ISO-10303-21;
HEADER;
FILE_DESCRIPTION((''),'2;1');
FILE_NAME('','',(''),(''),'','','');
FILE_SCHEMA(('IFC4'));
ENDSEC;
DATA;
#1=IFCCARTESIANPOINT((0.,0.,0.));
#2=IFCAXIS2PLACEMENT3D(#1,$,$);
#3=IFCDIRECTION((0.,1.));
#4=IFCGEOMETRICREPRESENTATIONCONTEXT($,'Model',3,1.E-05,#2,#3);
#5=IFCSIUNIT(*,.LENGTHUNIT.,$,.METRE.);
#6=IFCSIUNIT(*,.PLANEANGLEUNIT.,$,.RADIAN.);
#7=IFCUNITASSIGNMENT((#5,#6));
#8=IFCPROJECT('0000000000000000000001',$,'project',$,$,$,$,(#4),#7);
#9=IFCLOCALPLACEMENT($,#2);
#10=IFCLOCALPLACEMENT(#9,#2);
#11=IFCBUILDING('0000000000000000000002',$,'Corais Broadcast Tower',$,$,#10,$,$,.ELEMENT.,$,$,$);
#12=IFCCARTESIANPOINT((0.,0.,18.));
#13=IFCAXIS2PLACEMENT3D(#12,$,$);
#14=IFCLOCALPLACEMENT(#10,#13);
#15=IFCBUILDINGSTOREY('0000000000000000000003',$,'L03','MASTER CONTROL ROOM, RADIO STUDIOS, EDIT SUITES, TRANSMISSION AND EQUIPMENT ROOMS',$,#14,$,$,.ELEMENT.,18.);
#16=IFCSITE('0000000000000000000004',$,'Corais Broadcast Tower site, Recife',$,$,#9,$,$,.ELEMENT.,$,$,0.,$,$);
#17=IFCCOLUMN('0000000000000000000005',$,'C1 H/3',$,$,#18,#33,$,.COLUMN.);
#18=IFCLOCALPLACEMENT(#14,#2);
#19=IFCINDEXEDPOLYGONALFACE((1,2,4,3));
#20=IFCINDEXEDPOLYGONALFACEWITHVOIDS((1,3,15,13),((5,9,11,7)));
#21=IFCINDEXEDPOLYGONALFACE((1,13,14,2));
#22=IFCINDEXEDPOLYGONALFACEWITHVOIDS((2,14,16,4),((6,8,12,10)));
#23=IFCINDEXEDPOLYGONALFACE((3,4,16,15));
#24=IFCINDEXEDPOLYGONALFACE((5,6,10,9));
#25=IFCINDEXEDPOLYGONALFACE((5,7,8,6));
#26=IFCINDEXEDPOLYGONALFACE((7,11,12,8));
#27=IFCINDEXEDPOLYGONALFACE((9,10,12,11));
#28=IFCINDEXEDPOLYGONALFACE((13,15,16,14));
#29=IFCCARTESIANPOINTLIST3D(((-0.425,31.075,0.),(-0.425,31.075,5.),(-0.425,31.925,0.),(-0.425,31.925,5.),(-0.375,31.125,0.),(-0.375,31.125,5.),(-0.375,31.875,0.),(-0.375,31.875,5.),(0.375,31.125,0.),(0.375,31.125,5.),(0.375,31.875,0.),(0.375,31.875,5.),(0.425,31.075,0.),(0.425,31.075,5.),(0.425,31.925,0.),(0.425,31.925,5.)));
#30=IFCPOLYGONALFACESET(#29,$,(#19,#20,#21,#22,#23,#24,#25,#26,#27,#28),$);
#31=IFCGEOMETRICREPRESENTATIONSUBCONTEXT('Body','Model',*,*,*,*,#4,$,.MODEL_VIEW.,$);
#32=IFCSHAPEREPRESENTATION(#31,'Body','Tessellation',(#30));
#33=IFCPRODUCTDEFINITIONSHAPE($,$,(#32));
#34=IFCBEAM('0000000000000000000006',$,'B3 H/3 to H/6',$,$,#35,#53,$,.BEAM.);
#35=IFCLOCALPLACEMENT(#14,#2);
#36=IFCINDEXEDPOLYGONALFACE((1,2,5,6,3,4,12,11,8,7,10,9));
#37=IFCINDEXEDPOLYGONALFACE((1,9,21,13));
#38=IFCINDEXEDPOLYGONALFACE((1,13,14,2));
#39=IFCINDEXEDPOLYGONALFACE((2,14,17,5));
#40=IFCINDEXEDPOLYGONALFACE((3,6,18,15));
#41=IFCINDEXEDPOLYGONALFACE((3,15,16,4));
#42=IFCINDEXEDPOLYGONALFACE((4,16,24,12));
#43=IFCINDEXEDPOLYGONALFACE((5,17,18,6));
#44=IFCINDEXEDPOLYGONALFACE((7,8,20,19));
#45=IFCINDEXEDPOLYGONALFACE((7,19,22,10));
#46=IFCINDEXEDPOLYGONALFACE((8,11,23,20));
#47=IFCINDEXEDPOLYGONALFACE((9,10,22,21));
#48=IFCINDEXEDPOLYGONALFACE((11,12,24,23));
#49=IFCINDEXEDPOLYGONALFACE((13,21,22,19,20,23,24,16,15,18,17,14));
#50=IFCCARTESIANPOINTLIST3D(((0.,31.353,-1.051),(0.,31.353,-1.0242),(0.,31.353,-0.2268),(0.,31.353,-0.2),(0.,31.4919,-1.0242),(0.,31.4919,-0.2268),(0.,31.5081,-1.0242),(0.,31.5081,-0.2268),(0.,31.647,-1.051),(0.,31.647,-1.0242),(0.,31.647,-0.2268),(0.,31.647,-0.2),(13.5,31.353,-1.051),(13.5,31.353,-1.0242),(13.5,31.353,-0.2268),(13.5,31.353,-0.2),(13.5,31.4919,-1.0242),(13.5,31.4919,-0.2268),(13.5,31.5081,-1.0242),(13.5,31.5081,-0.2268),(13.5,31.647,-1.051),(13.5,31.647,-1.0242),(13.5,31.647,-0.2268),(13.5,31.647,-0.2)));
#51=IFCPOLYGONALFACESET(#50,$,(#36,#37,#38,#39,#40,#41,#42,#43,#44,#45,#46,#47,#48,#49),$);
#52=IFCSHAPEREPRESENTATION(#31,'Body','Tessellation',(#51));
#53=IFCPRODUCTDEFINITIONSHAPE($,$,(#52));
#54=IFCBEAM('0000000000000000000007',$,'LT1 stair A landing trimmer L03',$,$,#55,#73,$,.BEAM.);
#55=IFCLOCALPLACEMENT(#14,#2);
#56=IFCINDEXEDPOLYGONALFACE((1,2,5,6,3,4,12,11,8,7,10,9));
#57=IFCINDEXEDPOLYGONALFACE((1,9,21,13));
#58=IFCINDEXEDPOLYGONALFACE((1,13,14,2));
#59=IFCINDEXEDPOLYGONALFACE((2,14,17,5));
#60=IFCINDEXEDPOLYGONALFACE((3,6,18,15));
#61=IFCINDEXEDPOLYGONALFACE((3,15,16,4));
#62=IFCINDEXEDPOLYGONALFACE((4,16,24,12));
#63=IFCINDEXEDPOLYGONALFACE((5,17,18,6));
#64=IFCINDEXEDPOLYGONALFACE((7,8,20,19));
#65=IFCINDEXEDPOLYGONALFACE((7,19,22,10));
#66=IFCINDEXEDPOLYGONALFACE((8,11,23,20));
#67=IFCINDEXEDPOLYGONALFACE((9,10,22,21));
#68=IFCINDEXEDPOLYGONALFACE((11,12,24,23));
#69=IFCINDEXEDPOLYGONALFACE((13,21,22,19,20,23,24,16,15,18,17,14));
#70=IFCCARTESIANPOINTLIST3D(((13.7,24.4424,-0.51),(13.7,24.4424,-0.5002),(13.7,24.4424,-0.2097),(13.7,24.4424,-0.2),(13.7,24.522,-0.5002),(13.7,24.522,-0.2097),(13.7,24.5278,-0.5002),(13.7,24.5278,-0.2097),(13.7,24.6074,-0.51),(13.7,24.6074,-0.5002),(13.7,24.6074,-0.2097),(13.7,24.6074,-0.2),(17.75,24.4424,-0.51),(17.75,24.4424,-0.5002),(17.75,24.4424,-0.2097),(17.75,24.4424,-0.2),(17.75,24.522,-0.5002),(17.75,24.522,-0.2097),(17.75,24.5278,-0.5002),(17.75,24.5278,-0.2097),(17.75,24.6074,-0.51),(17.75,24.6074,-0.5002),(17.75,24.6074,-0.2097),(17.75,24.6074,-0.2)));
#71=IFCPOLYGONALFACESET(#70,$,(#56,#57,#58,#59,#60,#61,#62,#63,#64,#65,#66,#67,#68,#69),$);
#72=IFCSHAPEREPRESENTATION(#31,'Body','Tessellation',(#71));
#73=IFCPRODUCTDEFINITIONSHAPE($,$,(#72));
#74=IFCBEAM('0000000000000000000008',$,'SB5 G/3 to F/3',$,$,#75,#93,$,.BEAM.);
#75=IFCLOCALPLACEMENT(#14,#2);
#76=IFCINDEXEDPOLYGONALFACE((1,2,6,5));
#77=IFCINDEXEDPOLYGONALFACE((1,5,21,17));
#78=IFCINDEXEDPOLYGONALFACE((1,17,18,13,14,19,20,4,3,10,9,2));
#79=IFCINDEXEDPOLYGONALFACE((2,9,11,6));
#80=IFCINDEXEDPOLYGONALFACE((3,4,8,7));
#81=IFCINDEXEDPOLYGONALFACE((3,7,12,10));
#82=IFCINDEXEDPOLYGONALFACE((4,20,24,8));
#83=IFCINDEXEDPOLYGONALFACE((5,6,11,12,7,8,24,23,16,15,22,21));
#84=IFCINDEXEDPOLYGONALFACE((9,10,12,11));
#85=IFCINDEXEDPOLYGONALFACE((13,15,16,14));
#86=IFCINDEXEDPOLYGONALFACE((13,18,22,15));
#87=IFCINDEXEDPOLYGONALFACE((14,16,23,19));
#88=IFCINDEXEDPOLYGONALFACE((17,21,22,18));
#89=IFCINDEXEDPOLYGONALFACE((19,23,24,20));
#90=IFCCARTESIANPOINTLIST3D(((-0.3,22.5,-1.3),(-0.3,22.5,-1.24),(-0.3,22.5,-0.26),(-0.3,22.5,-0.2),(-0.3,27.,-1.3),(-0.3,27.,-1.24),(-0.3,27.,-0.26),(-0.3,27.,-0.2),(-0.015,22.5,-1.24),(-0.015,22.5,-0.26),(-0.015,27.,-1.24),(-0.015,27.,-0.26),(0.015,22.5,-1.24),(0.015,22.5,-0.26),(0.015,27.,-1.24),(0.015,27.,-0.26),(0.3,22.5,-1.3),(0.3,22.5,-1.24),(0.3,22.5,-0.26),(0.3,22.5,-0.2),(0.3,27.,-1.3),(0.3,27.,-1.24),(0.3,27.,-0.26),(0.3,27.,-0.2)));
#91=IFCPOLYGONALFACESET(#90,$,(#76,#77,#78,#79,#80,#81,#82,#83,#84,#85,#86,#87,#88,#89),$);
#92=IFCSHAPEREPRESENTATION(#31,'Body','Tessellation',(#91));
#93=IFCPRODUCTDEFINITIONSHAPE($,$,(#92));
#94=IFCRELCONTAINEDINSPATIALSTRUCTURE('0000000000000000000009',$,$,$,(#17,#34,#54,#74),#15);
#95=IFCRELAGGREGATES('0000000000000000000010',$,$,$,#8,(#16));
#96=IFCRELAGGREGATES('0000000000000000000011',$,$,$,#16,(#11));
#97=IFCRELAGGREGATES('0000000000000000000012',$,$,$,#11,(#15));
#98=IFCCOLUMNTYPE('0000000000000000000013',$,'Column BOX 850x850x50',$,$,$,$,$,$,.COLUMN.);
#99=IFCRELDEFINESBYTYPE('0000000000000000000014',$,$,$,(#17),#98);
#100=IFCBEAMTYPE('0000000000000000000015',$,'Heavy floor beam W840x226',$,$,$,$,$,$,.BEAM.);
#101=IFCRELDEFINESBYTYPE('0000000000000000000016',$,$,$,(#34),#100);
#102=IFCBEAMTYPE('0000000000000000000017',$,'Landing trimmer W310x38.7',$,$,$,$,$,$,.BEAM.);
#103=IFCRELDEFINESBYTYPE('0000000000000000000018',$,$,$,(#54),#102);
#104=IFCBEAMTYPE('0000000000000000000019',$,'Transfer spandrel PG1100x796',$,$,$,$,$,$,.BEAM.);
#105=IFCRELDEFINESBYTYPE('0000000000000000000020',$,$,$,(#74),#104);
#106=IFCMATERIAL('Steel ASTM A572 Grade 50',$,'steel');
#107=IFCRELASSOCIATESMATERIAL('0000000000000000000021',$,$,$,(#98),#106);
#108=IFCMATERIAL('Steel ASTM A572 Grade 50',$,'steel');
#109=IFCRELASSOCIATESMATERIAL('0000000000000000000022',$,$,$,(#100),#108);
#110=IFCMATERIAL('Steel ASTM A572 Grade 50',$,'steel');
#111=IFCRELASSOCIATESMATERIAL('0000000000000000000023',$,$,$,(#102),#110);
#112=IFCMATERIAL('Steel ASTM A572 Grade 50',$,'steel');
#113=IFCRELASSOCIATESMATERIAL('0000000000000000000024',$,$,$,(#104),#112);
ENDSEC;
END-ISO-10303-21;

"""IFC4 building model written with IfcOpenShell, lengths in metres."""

from ifc_helpers import new_model, si_unit, direction, frame, origin, origin_2d, place, context, subcontext, project, spatial, hollow_rectangle, i_section, extrude, material, material_profile, profile_set, type_object, element, save


model = new_model("IFC4")

# Units and contexts
model_context = context("Model", 3, precision=1e-05, world=origin(), true_north=direction((0.0, 1.0)))
body_context = subcontext(model_context, "Body", "Model", "MODEL_VIEW")
ifc_project = project(units=[si_unit("LENGTHUNIT", "METRE"), si_unit("PLANEANGLEUNIT", "RADIAN")], contexts=[model_context])

# Site, building, storey
site_placement = place(None, origin())
site = spatial("IfcSite", under=ifc_project, at=site_placement, Name="Corais Broadcast Tower site, Recife", CompositionType="ELEMENT", RefElevation=0.0)
building_placement = place(site_placement, origin())
building = spatial("IfcBuilding", under=site, at=building_placement, Name="Corais Broadcast Tower", CompositionType="ELEMENT")
storey_placement = place(building_placement, frame((0.0, 0.0, 18.0)))
storey = spatial("IfcBuildingStorey", under=building, at=storey_placement, Name="L03", Description="MASTER CONTROL ROOM, RADIO STUDIOS, EDIT SUITES, TRANSMISSION AND EQUIPMENT ROOMS", CompositionType="ELEMENT", Elevation=18.0)

# Column
ifc_material_1 = material(Name="Steel ASTM A572 Grade 50", Category="steel")
ifc_material_profile_1 = material_profile(ifc_material_1, hollow_rectangle(XDim=0.8501, YDim=0.8501, WallThickness=0.05, at=origin_2d()), Name="BOX 850x850x50")
ifc_profile_set_1 = profile_set([ifc_material_profile_1], Name="Steel ASTM A572 Grade 50")
column_type = type_object("IfcColumnType", Name="Column BOX 850x850x50", PredefinedType="COLUMN", material=ifc_profile_set_1)
column_placement = place(storey_placement, frame((0.0, 31.5, 0.0), z_axis=(0.0, 0.0, 1.0), x_axis=(1.0, 0.0, 0.0)))
element("IfcColumn", 1, at=column_placement, inside=storey, type_object=column_type, Name="C1 H/3", PredefinedType="COLUMN", context=body_context, shape_type="SweptSolid", body=[
    extrude(hollow_rectangle(XDim=0.8501, YDim=0.8501, WallThickness=0.05, at=origin_2d()), origin(), (0.0, 0.0, 1.0), 5.0),
])

# Beams
ifc_material_2 = material(Name="Steel ASTM A572 Grade 50", Category="steel")
ifc_material_profile_2 = material_profile(ifc_material_2, i_section(OverallWidth=0.2939, OverallDepth=0.8511, WebThickness=0.0161, FlangeThickness=0.0269, at=origin_2d()), Name="W840x226")
ifc_profile_set_2 = profile_set([ifc_material_profile_2], Name="Steel ASTM A572 Grade 50")
beam_type_1 = type_object("IfcBeamType", Name="Heavy floor beam W840x226", PredefinedType="BEAM", material=ifc_profile_set_2)
beam_1_placement = place(storey_placement, frame((0.0, 31.5, -0.6255), z_axis=(1.0, 0.0, 0.0), x_axis=(0.0, 1.0, 0.0)))
element("IfcBeam", 2, at=beam_1_placement, inside=storey, type_object=beam_type_1, Name="B3 H/3 to H/6", PredefinedType="BEAM", context=body_context, shape_type="SweptSolid", body=[
    extrude(i_section(OverallWidth=0.2939, OverallDepth=0.8511, WebThickness=0.0161, FlangeThickness=0.0269, at=origin_2d()), origin(), (0.0, 0.0, 1.0), 13.5),
])
ifc_material_3 = material(Name="Steel ASTM A572 Grade 50", Category="steel")
ifc_material_profile_3 = material_profile(ifc_material_3, i_section(OverallWidth=0.165, OverallDepth=0.3101, WebThickness=0.0059, FlangeThickness=0.0098, at=origin_2d()), Name="W310x38.7")
ifc_profile_set_3 = profile_set([ifc_material_profile_3], Name="Steel ASTM A572 Grade 50")
beam_type_2 = type_object("IfcBeamType", Name="Landing trimmer W310x38.7", PredefinedType="BEAM", material=ifc_profile_set_3)
beam_2_placement = place(storey_placement, frame((13.7, 24.5249, -0.355), z_axis=(1.0, 0.0, 0.0), x_axis=(0.0, 1.0, 0.0)))
element("IfcBeam", 3, at=beam_2_placement, inside=storey, type_object=beam_type_2, Name="LT1 stair A landing trimmer L03", PredefinedType="BEAM", context=body_context, shape_type="SweptSolid", body=[
    extrude(i_section(OverallWidth=0.165, OverallDepth=0.3101, WebThickness=0.0059, FlangeThickness=0.0098, at=origin_2d()), origin(), (0.0, 0.0, 1.0), 4.05),
])
ifc_material_4 = material(Name="Steel ASTM A572 Grade 50", Category="steel")
ifc_material_profile_4 = material_profile(ifc_material_4, i_section(OverallWidth=0.6001, OverallDepth=1.1001, WebThickness=0.03, FlangeThickness=0.0601, at=origin_2d()), Name="PG1100x796")
ifc_profile_set_4 = profile_set([ifc_material_profile_4], Name="Steel ASTM A572 Grade 50")
beam_type_3 = type_object("IfcBeamType", Name="Transfer spandrel PG1100x796", PredefinedType="BEAM", material=ifc_profile_set_4)
beam_3_placement = place(storey_placement, frame((0.0, 27.0, -0.75), z_axis=(0.0, -1.0, 0.0), x_axis=(1.0, 0.0, 0.0)))
element("IfcBeam", 4, at=beam_3_placement, inside=storey, type_object=beam_type_3, Name="SB5 G/3 to F/3", PredefinedType="BEAM", context=body_context, shape_type="SweptSolid", body=[
    extrude(i_section(OverallWidth=0.6001, OverallDepth=1.1001, WebThickness=0.03, FlangeThickness=0.0601, at=origin_2d()), origin(), (0.0, 0.0, 1.0), 4.5),
])

save(model, "model.ifc")
